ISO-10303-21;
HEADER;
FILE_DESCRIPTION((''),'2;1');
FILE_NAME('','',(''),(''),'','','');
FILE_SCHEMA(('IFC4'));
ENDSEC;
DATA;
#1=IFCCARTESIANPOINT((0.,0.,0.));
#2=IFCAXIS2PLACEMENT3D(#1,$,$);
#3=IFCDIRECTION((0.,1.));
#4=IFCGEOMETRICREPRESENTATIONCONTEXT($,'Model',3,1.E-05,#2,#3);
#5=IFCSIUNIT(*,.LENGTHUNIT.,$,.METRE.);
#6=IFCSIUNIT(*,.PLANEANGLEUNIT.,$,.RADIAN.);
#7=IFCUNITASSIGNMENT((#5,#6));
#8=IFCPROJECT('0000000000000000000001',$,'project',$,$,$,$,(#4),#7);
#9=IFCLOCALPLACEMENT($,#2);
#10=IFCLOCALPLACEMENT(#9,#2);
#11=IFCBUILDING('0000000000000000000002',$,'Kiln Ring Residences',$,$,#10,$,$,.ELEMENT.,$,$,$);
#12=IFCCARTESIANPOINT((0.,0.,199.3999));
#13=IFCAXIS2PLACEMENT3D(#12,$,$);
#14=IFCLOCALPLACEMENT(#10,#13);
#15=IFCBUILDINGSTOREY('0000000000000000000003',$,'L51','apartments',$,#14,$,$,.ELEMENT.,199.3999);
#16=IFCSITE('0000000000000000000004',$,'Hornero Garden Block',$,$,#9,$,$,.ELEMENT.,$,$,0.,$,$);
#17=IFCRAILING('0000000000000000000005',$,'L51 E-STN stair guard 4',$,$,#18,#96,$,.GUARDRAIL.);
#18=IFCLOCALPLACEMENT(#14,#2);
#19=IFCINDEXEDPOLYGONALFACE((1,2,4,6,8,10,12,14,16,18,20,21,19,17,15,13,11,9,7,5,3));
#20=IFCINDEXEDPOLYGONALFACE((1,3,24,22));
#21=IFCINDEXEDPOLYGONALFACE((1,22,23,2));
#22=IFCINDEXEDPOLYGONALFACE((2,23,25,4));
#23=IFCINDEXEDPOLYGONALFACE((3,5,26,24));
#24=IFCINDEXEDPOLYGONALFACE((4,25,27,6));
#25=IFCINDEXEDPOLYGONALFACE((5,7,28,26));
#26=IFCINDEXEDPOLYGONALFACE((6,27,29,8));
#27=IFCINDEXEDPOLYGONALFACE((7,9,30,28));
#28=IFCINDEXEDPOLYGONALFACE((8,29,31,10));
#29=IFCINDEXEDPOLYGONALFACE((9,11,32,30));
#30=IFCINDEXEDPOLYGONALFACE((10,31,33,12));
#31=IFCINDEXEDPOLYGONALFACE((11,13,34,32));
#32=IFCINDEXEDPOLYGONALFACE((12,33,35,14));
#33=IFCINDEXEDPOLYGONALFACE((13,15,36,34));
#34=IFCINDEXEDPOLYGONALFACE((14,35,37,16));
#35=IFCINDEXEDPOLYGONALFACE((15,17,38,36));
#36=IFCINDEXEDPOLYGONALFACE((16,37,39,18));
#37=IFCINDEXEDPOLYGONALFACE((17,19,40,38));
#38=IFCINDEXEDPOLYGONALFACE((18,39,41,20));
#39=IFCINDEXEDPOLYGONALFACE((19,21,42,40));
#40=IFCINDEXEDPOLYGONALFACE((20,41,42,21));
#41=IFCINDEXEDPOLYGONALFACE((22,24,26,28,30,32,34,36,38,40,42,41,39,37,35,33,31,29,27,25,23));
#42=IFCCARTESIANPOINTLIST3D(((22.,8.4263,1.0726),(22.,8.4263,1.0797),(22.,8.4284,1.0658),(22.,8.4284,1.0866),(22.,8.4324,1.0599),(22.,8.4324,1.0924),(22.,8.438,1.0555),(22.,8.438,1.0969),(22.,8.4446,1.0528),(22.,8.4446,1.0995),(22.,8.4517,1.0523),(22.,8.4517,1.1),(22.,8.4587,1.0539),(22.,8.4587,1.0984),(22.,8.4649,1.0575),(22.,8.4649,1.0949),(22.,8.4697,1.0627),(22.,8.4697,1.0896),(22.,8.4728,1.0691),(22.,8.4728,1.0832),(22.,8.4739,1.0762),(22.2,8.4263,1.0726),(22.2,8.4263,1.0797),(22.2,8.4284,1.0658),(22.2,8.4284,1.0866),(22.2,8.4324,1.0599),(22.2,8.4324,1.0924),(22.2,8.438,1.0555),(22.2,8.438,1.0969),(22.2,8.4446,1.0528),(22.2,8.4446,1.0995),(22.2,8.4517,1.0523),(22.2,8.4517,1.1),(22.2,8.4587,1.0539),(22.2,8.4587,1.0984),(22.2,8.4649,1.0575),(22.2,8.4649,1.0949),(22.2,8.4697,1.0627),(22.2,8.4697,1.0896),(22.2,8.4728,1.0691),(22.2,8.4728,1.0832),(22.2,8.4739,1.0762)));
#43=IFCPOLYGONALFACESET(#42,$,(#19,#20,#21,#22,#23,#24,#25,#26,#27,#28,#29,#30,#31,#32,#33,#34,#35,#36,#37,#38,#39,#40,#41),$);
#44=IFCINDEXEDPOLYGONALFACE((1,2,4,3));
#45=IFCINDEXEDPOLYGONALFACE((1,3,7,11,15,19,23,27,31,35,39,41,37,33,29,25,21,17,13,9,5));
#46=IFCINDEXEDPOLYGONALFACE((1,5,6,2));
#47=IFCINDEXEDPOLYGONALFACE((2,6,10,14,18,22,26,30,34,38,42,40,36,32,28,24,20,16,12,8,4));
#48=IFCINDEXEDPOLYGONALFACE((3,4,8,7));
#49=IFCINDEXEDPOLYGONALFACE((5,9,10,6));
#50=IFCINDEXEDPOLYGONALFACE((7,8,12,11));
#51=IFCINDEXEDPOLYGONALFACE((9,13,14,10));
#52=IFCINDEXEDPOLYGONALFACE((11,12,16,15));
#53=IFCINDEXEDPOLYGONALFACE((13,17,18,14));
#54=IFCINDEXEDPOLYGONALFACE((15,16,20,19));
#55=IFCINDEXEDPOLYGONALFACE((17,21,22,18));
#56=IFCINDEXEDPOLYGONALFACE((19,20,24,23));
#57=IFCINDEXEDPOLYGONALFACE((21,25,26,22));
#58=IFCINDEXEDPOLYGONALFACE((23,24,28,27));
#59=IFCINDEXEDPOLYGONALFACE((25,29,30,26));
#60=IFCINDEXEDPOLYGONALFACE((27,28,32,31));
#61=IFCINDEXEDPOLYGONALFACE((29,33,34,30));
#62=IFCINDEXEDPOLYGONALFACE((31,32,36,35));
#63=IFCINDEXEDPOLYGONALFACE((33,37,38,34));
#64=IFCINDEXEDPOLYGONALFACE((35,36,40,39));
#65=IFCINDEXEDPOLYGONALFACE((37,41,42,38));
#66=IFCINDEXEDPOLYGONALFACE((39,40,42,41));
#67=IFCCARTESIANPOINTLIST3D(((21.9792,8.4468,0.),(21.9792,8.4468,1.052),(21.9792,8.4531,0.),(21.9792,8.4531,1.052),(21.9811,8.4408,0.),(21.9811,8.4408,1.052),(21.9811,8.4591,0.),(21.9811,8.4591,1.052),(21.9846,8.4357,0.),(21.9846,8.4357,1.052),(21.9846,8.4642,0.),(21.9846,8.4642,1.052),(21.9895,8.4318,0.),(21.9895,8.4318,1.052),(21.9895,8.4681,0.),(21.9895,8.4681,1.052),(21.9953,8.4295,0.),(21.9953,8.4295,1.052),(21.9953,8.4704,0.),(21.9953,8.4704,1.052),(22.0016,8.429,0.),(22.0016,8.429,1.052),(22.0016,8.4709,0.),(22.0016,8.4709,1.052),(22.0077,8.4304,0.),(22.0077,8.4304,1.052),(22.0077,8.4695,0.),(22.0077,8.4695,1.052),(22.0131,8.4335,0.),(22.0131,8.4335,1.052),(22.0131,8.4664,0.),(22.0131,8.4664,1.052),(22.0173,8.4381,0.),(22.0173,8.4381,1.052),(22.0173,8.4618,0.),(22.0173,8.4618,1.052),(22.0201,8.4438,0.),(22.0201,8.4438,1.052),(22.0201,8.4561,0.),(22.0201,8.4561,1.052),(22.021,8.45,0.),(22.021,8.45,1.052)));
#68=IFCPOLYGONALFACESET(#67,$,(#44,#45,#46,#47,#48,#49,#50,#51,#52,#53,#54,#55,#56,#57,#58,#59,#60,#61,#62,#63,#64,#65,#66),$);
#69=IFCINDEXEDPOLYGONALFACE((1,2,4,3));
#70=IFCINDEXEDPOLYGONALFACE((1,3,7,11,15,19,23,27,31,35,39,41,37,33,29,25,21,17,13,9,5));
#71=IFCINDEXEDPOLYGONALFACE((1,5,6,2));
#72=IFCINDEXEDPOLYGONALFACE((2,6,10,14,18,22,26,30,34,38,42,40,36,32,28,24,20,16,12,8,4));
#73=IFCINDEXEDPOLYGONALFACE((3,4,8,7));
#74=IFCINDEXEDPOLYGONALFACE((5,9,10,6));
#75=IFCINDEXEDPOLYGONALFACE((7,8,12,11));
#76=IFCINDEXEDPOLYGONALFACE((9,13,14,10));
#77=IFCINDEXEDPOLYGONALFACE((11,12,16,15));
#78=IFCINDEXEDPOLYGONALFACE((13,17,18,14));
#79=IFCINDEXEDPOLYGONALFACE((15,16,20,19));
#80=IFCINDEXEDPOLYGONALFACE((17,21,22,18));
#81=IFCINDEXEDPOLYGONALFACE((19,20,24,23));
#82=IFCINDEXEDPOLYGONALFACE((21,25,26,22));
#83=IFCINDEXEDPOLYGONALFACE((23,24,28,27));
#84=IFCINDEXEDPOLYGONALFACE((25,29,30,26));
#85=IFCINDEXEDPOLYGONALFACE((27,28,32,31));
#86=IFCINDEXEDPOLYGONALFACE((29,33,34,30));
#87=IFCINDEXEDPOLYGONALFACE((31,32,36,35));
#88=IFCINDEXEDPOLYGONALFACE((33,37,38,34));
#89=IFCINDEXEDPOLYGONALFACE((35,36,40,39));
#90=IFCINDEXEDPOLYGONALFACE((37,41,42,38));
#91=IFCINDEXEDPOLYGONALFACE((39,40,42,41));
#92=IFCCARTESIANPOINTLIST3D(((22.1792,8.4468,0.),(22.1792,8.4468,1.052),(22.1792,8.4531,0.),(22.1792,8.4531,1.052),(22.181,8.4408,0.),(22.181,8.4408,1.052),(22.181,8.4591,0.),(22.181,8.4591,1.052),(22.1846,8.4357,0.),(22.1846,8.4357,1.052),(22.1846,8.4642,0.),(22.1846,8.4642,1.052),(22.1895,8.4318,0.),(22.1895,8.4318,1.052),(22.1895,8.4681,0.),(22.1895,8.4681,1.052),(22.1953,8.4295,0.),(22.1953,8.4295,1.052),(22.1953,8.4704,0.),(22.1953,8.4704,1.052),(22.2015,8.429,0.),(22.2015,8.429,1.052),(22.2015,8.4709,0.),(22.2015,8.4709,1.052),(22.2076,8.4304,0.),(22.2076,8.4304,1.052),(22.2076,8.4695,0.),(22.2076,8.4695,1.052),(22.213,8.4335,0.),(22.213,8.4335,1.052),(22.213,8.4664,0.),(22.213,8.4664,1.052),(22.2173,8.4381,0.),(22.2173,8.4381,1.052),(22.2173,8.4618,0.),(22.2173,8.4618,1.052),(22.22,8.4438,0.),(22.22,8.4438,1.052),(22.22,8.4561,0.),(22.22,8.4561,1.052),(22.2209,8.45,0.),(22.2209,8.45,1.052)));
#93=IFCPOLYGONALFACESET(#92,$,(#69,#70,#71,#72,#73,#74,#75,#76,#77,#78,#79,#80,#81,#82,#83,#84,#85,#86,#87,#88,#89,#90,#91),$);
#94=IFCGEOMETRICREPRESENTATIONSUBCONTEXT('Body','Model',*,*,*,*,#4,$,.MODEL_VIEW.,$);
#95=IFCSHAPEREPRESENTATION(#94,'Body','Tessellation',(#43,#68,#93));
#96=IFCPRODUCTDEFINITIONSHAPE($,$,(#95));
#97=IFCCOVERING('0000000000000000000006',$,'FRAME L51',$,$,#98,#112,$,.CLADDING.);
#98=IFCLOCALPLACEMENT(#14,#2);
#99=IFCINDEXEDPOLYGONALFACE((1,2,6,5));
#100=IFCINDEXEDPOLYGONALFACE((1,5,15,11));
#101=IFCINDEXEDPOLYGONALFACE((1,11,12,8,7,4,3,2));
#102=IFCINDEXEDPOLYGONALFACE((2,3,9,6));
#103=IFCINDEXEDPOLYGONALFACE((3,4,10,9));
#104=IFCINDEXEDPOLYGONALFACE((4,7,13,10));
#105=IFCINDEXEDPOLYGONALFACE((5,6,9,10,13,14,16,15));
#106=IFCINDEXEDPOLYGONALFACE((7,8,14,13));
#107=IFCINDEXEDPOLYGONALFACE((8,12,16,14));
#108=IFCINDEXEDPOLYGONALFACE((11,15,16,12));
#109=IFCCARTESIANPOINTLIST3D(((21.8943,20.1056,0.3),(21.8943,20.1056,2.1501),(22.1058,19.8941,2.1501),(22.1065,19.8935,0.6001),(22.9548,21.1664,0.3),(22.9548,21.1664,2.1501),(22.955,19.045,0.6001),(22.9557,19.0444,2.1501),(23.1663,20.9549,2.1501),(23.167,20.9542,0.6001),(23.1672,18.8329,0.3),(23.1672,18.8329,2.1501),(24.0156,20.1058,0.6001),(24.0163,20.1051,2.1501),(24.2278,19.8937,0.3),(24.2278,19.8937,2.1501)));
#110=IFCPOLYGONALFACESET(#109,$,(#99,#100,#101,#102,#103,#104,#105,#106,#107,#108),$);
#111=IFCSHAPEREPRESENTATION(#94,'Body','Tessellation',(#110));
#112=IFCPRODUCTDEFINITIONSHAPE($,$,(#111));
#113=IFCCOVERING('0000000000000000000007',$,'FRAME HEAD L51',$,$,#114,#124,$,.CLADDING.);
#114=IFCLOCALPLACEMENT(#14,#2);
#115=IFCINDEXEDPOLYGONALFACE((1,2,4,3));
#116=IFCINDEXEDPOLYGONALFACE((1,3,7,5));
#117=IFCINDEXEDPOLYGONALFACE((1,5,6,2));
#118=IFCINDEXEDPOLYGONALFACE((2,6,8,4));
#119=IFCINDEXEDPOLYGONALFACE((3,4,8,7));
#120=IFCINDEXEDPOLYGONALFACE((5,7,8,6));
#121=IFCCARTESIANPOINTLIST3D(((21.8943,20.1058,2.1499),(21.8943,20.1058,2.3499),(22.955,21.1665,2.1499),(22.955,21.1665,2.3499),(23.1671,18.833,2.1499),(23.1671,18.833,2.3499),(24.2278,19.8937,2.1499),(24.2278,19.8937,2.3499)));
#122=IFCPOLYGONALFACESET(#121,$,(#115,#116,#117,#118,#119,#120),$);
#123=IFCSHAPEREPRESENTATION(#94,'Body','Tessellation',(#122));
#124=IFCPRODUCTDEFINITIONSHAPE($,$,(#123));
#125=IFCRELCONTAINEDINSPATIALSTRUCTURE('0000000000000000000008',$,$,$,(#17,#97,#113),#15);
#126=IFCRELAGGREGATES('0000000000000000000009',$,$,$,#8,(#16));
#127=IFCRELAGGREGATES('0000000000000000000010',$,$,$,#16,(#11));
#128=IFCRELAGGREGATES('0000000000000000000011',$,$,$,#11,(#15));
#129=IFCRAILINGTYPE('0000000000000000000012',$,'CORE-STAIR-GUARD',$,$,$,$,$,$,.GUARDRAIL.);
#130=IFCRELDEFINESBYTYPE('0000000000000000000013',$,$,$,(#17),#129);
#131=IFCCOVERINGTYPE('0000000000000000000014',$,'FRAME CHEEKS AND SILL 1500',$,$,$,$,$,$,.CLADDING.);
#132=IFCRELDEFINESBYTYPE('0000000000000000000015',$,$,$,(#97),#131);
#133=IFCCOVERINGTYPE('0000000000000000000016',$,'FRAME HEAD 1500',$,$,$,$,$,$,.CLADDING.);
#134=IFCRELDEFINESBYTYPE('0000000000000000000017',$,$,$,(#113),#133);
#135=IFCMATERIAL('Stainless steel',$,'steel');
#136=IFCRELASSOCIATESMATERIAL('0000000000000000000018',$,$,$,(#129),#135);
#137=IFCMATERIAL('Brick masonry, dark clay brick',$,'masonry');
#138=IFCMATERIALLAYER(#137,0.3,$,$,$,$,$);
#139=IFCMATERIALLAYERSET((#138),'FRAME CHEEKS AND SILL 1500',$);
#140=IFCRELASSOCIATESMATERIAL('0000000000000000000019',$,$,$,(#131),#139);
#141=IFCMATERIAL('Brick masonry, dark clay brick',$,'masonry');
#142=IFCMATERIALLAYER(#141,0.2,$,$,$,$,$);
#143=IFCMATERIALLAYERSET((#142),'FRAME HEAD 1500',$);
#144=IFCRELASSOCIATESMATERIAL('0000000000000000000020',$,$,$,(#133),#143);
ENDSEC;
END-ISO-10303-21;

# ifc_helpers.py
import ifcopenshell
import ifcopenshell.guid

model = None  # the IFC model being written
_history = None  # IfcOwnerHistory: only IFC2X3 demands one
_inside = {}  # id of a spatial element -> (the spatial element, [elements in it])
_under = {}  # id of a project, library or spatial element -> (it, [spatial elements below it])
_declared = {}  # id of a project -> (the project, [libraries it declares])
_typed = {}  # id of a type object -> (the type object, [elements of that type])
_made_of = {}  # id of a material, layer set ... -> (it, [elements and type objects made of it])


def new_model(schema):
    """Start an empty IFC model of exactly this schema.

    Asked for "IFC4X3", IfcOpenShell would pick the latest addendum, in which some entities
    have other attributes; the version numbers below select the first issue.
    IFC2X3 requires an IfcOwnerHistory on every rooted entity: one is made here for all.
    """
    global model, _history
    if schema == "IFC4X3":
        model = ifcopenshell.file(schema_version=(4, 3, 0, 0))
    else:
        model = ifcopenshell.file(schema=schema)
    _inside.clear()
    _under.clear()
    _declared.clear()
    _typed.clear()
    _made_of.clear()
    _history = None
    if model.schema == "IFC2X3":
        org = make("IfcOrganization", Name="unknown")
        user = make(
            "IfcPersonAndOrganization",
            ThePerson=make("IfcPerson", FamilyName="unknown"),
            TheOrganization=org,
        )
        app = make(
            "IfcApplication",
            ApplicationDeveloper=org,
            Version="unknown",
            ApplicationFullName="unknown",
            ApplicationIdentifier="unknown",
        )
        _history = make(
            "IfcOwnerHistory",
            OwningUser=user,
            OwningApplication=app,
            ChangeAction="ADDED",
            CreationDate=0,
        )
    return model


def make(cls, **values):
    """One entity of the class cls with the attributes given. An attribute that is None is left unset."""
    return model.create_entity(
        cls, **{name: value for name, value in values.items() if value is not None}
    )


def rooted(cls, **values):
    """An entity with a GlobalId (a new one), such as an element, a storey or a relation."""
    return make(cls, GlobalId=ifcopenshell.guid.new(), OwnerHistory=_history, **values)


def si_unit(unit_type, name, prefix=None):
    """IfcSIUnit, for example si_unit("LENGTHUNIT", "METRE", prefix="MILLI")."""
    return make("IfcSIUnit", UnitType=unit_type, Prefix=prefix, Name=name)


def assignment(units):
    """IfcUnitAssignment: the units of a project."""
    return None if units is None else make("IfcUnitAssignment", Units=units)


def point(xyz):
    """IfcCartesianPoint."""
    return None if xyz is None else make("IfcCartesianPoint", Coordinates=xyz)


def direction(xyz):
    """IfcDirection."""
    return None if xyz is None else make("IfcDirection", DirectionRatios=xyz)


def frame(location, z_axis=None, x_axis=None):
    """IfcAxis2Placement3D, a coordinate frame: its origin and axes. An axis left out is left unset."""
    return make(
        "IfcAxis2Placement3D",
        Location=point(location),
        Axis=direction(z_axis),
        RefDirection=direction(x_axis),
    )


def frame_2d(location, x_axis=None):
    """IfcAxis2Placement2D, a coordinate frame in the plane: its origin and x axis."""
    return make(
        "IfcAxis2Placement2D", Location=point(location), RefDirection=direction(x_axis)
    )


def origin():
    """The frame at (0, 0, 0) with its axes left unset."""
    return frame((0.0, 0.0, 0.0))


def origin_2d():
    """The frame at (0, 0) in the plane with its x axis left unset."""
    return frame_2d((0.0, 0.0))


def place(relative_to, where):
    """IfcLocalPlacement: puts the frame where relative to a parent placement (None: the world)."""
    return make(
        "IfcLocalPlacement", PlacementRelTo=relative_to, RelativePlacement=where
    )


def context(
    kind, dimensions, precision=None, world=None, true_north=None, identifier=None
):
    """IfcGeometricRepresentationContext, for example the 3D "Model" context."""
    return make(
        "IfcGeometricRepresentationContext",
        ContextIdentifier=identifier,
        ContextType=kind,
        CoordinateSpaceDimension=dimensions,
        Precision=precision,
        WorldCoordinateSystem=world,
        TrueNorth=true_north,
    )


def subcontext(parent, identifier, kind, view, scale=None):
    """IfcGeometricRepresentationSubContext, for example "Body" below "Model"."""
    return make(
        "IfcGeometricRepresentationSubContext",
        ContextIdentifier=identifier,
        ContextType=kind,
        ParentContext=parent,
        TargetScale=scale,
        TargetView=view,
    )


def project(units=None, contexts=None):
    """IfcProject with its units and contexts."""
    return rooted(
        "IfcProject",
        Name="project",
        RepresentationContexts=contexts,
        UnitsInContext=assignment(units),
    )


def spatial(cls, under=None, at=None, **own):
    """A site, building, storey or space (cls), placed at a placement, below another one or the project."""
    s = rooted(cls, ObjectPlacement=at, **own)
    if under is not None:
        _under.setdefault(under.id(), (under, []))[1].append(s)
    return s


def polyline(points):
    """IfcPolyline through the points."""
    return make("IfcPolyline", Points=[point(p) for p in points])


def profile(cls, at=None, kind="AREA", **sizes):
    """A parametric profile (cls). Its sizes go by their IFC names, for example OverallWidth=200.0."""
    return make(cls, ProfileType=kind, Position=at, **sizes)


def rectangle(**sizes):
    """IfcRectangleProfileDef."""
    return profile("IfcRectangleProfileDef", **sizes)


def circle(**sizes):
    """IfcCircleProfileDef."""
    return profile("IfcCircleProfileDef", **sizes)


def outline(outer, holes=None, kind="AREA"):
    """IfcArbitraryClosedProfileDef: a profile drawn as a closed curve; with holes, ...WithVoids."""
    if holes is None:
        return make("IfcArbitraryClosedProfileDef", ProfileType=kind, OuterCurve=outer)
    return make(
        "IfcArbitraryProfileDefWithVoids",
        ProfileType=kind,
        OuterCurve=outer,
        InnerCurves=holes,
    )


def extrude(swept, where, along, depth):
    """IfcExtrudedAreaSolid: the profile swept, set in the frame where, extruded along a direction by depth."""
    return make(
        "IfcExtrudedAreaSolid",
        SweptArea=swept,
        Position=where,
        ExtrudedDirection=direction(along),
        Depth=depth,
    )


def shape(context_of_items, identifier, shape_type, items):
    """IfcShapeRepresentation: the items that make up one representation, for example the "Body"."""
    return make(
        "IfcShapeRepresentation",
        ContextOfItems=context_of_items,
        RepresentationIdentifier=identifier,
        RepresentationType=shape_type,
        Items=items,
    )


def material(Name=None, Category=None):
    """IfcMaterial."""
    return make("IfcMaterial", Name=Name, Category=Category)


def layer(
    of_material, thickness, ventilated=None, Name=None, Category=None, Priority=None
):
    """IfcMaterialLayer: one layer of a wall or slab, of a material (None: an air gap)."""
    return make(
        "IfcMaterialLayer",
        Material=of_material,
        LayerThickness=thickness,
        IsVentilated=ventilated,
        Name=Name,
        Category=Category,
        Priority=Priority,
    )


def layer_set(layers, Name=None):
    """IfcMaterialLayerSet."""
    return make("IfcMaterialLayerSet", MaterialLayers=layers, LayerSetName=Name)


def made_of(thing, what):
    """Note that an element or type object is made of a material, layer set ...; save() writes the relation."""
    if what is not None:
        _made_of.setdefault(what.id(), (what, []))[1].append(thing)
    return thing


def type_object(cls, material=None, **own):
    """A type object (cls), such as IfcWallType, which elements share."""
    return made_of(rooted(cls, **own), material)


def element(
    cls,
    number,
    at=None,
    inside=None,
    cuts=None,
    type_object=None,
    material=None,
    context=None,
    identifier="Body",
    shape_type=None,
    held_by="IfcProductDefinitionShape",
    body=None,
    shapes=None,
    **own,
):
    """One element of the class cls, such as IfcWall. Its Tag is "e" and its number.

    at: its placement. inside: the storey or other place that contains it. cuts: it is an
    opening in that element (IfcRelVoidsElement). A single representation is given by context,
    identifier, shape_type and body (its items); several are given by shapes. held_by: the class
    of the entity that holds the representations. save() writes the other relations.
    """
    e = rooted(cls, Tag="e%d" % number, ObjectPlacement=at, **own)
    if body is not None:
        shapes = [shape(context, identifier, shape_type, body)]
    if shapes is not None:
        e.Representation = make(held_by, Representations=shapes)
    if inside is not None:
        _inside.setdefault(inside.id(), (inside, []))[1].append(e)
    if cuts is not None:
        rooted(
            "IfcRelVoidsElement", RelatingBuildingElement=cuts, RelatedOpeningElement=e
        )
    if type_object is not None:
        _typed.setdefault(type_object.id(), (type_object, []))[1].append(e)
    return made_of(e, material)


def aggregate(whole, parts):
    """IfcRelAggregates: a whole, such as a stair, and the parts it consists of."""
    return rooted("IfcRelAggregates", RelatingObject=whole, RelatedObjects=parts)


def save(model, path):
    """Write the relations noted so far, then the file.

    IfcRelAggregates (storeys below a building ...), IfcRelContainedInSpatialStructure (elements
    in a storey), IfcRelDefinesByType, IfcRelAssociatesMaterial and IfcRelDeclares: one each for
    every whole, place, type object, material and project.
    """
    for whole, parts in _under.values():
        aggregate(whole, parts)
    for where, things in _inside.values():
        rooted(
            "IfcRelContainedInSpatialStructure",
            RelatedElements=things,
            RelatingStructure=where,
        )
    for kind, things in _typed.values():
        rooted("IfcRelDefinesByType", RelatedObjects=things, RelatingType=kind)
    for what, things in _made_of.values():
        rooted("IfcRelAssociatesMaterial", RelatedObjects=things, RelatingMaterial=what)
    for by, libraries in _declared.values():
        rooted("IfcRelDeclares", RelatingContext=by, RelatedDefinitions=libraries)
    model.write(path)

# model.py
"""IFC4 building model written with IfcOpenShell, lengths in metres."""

from ifc_helpers import new_model, si_unit, direction, frame, origin, origin_2d, place, context, subcontext, project, spatial, polyline, rectangle, circle, outline, extrude, material, layer, layer_set, type_object, element, save


model = new_model("IFC4")

# Units and contexts
model_context = context("Model", 3, precision=1e-05, world=origin(), true_north=direction((0.0, 1.0)))
body_context = subcontext(model_context, "Body", "Model", "MODEL_VIEW")
ifc_project = project(units=[si_unit("LENGTHUNIT", "METRE"), si_unit("PLANEANGLEUNIT", "RADIAN")], contexts=[model_context])

# Site, building, storey
site_placement = place(None, origin())
site = spatial("IfcSite", under=ifc_project, at=site_placement, Name="Hornero Garden Block", CompositionType="ELEMENT", RefElevation=0.0)
building_placement = place(site_placement, origin())
building = spatial("IfcBuilding", under=site, at=building_placement, Name="Kiln Ring Residences", CompositionType="ELEMENT")
storey_placement = place(building_placement, frame((0.0, 0.0, 199.3999)))
storey = spatial("IfcBuildingStorey", under=building, at=storey_placement, Name="L51", Description="apartments", CompositionType="ELEMENT", Elevation=199.3999)

# Railing
ifc_material_1 = material(Name="Stainless steel", Category="steel")
railing_type = type_object("IfcRailingType", Name="CORE-STAIR-GUARD", PredefinedType="GUARDRAIL", material=ifc_material_1)
railing_placement = place(storey_placement, frame((22.0, 8.45, 0.0)))
element("IfcRailing", 1, at=railing_placement, inside=storey, type_object=railing_type, Name="L51 E-STN stair guard 4", PredefinedType="GUARDRAIL", context=body_context, shape_type="SweptSolid", body=[
    extrude(circle(Radius=0.0239, at=origin_2d()), frame((0.0, 0.0, 1.0762), z_axis=(1.0, 0.0, 0.0), x_axis=(0.0, 1.0, 0.0)), (0.0, 0.0, 1.0), 0.2),
    extrude(circle(Radius=0.021, at=origin_2d()), origin(), (0.0, 0.0, 1.0), 1.052),
    extrude(circle(Radius=0.021, at=origin_2d()), frame((0.2, 0.0, 0.0)), (0.0, 0.0, 1.0), 1.052),
])

# Coverings
ifc_material_2 = material(Name="Brick masonry, dark clay brick", Category="masonry")
ifc_layer_1 = layer(ifc_material_2, 0.3)
ifc_layer_set_1 = layer_set([ifc_layer_1], Name="FRAME CHEEKS AND SILL 1500")
covering_type_1 = type_object("IfcCoveringType", Name="FRAME CHEEKS AND SILL 1500", PredefinedType="CLADDING", material=ifc_layer_set_1)
covering_1_placement = place(storey_placement, frame((23.6975, 19.3633, 0.3), z_axis=(0.0, 0.0, 1.0), x_axis=(-0.707175, 0.707039, 0.0)))
element("IfcCovering", 2, at=covering_1_placement, inside=storey, type_object=covering_type_1, Name="FRAME L51", PredefinedType="CLADDING", context=body_context, shape_type="SweptSolid", body=[
    extrude(outline(polyline([(0.0, 0.0), (1.8, 0.0), (1.8, 1.8501), (1.501, 1.8501), (1.5, 0.3), (0.3, 0.3), (0.2991, 1.8501), (0.0, 1.8501), (0.0, 0.0)])), frame((0.0, 0.75, 0.0), z_axis=(0.0, -1.0, 0.0), x_axis=(1.0, 0.0, 0.0)), (0.0, 0.0, 1.0), 1.5),
])
ifc_material_3 = material(Name="Brick masonry, dark clay brick", Category="masonry")
ifc_layer_2 = layer(ifc_material_3, 0.2)
ifc_layer_set_2 = layer_set([ifc_layer_2], Name="FRAME HEAD 1500")
covering_type_2 = type_object("IfcCoveringType", Name="FRAME HEAD 1500", PredefinedType="CLADDING", material=ifc_layer_set_2)
covering_2_placement = place(storey_placement, frame((23.061, 19.9998, 2.1499), z_axis=(0.0, 0.0, 1.0), x_axis=(-0.707107, 0.707107, 0.0)))
element("IfcCovering", 3, at=covering_2_placement, inside=storey, type_object=covering_type_2, Name="FRAME HEAD L51", PredefinedType="CLADDING", context=body_context, shape_type="SweptSolid", body=[
    extrude(rectangle(XDim=1.8, YDim=1.5, at=origin_2d()), origin(), (0.0, 0.0, 1.0), 0.2),
])

save(model, "model.ifc")
